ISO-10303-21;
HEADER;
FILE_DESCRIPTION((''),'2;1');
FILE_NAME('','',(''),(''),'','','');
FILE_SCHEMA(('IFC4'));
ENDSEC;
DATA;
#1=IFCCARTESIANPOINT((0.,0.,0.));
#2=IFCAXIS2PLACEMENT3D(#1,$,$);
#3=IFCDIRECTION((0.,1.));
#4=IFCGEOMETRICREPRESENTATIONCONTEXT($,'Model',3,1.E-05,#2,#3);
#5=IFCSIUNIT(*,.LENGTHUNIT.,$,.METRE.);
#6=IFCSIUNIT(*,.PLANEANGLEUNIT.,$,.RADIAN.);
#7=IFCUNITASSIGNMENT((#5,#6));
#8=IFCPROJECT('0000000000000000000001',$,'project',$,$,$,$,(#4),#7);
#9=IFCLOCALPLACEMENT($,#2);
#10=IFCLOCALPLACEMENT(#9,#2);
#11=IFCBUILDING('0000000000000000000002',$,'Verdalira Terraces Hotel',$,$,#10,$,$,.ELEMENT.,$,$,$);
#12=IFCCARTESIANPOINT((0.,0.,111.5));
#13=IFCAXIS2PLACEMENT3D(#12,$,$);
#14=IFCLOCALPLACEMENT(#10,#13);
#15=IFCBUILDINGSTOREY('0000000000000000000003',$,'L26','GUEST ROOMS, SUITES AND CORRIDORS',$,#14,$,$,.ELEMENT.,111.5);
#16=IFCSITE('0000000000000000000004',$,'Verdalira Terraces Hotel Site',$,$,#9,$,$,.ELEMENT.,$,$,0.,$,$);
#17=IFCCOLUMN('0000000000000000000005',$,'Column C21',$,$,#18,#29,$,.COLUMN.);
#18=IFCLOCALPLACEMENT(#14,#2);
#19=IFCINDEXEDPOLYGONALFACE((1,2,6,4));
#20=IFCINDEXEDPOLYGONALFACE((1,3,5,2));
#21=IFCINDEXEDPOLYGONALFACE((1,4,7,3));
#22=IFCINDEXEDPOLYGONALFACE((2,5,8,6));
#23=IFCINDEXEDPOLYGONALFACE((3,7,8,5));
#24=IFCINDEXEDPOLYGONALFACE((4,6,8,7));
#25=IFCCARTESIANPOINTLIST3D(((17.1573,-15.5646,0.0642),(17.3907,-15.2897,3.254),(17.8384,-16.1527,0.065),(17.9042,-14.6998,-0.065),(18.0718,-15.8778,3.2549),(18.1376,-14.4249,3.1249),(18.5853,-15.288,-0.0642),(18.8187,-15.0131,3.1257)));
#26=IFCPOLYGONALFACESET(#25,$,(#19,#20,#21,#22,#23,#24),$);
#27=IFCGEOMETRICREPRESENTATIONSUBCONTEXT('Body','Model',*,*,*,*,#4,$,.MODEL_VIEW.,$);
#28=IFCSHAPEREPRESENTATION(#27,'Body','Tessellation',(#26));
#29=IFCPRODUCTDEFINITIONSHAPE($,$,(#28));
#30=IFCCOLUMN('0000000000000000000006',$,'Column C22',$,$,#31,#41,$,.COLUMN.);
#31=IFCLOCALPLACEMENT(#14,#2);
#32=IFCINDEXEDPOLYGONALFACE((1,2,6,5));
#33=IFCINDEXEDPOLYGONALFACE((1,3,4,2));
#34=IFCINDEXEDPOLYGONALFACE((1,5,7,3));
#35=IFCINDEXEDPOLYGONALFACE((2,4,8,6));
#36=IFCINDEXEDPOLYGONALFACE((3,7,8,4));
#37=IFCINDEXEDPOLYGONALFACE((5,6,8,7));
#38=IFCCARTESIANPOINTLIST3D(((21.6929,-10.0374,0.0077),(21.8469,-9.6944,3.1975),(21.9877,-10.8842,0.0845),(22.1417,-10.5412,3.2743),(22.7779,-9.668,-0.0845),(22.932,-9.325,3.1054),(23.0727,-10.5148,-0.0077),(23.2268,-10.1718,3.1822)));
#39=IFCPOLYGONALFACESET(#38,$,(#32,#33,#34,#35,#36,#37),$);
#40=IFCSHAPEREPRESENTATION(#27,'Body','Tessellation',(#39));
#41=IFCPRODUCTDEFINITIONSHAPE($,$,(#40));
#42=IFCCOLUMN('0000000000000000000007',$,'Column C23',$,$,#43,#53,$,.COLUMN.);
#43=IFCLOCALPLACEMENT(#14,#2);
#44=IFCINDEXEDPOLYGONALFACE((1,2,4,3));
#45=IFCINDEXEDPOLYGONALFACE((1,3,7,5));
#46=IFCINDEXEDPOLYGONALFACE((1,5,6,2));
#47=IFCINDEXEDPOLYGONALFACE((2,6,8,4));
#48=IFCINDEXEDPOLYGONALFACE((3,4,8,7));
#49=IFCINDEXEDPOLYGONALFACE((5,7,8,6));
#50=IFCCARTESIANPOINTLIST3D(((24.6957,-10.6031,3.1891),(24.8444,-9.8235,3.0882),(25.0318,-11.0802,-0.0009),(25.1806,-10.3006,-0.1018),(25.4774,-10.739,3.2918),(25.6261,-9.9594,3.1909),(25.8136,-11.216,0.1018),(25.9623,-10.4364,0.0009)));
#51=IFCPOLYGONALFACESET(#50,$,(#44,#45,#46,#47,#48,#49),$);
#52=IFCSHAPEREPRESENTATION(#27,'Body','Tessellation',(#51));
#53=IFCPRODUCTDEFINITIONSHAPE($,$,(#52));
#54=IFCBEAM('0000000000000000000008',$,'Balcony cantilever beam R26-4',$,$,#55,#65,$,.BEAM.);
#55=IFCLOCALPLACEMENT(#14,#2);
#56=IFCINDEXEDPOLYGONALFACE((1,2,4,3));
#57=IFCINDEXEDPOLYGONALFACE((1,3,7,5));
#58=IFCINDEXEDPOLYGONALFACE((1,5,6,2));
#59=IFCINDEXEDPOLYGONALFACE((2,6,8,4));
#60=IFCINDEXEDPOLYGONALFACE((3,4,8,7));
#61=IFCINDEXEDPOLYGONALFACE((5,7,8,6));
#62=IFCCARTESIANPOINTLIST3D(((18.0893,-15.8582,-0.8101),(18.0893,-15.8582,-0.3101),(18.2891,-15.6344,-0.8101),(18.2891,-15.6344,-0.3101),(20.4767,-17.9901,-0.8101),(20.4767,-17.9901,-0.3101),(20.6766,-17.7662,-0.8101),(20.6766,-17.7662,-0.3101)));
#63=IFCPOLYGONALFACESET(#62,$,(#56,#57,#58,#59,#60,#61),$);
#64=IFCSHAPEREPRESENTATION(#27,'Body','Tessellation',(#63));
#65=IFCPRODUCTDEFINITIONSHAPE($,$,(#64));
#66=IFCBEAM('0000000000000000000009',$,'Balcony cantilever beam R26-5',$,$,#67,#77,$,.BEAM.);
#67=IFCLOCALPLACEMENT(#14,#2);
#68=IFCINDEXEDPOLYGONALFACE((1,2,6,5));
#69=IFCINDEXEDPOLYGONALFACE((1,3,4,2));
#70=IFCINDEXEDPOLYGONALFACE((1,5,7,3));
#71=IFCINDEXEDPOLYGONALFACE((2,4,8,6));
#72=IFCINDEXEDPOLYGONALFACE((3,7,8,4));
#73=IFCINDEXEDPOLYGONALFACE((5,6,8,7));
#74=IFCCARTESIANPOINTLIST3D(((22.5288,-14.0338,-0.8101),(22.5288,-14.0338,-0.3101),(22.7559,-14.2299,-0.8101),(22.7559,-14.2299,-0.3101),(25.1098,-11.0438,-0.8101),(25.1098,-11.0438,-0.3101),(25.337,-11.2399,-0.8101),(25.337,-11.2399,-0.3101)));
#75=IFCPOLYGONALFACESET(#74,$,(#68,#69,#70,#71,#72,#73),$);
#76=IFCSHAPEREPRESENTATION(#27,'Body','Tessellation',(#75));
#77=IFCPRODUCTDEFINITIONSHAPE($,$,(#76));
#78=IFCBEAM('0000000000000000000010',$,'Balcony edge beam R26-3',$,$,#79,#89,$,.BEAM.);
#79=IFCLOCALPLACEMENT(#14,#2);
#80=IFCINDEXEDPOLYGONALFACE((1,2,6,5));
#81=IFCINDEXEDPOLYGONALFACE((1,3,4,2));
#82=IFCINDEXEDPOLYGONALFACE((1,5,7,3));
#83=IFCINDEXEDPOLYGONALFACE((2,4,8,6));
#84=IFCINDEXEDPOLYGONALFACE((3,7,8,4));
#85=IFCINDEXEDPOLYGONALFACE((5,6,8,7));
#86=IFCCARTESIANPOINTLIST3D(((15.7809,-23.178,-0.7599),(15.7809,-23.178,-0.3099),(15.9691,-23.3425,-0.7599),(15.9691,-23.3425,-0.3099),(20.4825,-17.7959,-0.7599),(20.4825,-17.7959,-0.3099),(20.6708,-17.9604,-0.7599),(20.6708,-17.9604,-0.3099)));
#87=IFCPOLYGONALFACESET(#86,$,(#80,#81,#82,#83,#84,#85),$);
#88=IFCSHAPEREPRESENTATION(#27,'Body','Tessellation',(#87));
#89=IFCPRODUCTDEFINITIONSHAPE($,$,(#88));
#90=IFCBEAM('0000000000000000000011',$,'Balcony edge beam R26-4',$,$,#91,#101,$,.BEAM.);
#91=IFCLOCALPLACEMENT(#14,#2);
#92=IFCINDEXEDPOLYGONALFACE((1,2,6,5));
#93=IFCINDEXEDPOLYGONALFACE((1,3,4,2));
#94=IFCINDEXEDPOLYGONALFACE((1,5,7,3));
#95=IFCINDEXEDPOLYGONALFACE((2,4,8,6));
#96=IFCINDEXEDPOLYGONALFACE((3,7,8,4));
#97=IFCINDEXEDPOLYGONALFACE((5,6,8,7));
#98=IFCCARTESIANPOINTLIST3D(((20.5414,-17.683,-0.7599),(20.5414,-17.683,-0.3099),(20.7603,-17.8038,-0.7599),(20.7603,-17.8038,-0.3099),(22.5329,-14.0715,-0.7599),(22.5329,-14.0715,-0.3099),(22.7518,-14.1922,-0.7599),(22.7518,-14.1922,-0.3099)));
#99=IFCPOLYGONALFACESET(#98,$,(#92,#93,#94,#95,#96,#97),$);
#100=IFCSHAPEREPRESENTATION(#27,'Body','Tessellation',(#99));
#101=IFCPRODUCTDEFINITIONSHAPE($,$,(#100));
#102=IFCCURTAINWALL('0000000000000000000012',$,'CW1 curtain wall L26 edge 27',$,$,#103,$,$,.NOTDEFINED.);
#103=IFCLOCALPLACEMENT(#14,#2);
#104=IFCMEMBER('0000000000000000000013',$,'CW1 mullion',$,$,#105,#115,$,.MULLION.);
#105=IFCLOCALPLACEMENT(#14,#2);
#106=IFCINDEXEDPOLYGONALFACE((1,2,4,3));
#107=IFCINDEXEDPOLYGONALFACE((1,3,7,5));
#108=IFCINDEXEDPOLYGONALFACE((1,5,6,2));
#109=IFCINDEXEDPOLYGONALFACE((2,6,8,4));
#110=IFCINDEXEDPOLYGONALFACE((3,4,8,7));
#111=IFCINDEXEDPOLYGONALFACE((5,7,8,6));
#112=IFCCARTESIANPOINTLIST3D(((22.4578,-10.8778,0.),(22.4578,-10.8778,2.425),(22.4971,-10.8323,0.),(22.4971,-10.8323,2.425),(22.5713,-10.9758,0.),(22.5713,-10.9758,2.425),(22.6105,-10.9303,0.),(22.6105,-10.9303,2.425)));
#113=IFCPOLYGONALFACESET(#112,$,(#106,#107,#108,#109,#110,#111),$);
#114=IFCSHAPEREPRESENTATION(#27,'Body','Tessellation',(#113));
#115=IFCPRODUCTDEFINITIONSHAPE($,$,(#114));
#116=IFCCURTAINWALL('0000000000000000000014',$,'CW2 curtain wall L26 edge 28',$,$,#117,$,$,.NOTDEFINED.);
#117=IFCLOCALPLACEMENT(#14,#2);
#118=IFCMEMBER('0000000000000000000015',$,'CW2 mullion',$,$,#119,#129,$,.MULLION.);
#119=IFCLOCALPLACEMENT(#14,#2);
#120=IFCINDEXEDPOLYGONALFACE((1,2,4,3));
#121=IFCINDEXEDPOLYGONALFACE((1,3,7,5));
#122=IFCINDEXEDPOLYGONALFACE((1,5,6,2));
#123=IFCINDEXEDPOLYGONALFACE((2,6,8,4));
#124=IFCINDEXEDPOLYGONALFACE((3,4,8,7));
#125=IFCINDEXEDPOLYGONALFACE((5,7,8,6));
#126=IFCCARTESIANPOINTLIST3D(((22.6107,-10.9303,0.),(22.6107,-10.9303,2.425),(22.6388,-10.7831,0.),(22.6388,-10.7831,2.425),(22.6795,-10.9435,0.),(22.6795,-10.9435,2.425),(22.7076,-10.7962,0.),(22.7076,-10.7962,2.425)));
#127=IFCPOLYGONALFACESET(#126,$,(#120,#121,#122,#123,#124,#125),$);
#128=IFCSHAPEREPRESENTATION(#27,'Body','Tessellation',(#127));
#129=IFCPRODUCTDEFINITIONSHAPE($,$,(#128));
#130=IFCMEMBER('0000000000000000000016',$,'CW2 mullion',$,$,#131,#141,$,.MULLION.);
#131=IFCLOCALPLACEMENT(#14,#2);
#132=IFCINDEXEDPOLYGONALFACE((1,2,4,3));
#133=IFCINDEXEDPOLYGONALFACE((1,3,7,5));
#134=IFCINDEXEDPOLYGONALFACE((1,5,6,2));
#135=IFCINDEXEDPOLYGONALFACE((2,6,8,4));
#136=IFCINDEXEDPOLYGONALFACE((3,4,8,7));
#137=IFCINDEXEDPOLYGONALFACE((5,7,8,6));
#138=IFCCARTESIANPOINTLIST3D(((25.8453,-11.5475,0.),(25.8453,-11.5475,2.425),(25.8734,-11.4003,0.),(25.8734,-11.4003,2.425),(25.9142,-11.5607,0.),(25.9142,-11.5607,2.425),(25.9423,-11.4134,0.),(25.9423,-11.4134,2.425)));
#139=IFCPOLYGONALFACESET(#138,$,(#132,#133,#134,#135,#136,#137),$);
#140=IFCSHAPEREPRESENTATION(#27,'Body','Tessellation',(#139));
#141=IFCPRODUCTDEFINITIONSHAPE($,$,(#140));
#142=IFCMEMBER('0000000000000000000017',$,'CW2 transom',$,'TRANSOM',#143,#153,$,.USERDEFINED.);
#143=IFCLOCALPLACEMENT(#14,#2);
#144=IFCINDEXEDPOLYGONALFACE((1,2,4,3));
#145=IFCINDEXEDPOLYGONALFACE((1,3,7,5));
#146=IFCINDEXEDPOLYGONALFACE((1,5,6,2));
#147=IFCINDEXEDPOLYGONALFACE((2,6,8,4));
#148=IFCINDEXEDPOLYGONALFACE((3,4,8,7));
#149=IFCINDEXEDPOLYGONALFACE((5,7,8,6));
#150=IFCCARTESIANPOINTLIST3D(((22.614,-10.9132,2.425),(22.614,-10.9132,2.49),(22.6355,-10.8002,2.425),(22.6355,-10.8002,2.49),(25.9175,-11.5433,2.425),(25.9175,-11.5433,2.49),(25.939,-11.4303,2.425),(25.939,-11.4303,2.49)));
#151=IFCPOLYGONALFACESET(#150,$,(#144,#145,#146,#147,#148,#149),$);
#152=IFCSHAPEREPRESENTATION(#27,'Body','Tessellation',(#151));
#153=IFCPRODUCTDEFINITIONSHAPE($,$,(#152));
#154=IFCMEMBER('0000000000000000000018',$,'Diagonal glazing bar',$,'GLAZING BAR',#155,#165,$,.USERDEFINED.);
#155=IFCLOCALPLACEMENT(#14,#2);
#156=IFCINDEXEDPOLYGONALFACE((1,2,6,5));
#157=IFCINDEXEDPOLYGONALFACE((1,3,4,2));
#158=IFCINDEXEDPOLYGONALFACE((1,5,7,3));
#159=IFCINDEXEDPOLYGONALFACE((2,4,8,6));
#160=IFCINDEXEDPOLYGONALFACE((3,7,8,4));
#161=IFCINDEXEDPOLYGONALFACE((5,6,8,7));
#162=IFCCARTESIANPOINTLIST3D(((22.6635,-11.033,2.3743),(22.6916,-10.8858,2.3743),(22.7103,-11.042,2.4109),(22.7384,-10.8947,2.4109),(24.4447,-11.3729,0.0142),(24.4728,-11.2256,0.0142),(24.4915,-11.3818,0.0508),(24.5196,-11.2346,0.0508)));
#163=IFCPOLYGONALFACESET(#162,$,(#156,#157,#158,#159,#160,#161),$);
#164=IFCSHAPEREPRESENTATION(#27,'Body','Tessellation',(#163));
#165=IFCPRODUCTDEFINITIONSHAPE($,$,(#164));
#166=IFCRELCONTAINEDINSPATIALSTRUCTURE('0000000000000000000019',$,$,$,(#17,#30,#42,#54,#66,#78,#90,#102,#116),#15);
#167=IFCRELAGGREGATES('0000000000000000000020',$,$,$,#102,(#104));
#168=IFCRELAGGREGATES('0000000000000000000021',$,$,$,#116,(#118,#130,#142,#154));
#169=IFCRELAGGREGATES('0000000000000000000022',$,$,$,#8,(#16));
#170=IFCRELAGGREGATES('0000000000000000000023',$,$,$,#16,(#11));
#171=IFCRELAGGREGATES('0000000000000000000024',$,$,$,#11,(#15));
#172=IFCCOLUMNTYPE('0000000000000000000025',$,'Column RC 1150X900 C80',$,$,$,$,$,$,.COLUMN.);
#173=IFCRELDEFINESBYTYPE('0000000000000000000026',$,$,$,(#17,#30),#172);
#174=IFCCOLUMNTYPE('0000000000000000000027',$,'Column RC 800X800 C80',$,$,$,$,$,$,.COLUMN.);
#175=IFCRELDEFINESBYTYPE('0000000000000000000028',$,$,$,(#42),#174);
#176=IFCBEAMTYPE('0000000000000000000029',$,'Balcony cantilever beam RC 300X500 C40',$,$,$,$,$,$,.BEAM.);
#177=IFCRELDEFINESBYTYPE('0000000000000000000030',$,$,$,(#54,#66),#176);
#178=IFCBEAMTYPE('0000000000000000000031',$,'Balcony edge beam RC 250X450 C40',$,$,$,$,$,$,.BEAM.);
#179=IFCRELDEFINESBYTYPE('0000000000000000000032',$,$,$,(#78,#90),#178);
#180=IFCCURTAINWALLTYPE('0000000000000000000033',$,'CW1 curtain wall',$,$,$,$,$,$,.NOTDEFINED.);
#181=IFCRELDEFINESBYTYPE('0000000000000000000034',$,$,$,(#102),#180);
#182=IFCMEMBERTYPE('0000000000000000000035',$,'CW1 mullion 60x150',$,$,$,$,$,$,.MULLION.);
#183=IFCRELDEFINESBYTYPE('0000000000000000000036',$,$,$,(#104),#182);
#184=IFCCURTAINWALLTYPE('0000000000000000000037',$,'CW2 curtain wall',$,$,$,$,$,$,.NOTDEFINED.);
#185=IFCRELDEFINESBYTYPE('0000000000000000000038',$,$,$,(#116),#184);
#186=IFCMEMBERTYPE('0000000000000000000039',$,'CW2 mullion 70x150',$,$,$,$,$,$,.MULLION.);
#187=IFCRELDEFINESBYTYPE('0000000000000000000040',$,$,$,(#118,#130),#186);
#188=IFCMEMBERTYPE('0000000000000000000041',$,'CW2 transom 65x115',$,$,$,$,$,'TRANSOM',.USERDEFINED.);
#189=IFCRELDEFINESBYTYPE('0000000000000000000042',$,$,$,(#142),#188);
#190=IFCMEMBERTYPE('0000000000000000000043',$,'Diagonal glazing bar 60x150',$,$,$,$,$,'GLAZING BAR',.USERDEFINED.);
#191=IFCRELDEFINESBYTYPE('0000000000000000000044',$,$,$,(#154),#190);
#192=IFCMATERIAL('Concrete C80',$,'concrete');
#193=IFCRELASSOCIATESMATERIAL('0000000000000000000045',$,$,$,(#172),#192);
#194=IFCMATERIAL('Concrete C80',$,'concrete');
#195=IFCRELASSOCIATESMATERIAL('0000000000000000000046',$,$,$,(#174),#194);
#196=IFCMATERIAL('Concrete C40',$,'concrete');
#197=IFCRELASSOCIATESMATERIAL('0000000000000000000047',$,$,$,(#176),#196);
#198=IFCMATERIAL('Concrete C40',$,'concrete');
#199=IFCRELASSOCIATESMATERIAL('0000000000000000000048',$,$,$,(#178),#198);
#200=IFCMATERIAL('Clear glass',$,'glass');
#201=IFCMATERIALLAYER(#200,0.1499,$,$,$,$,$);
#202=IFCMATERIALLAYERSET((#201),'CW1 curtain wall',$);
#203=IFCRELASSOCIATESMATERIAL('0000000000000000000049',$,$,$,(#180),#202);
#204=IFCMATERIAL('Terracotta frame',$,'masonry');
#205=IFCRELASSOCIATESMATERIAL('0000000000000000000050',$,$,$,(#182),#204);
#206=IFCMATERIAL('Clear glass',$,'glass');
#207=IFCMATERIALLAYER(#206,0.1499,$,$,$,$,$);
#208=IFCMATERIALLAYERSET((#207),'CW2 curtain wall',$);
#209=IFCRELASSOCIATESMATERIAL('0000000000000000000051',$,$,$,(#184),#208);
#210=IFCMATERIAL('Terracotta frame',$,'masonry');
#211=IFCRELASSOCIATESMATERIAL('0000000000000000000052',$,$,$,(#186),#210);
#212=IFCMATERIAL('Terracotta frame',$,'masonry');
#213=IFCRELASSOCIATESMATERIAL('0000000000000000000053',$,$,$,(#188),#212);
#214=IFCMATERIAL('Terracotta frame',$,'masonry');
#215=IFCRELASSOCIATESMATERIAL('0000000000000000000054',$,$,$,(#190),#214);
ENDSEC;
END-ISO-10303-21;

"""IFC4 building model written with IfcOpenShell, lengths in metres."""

from ifc_helpers import new_model, si_unit, direction, frame, origin, origin_2d, place, context, subcontext, project, spatial, rectangle, extrude, material, layer, layer_set, material_profile, profile_set, type_object, element, aggregate, save


model = new_model("IFC4")

# Units and contexts
model_context = context("Model", 3, precision=1e-05, world=origin(), true_north=direction((0.0, 1.0)))
body_context = subcontext(model_context, "Body", "Model", "MODEL_VIEW")
ifc_project = project(units=[si_unit("LENGTHUNIT", "METRE"), si_unit("PLANEANGLEUNIT", "RADIAN")], contexts=[model_context])

# Site, building, storey
site_placement = place(None, origin())
site = spatial("IfcSite", under=ifc_project, at=site_placement, Name="Verdalira Terraces Hotel Site", CompositionType="ELEMENT", RefElevation=0.0)
building_placement = place(site_placement, origin())
building = spatial("IfcBuilding", under=site, at=building_placement, Name="Verdalira Terraces Hotel", CompositionType="ELEMENT")
storey_placement = place(building_placement, frame((0.0, 0.0, 111.5)))
storey = spatial("IfcBuildingStorey", under=building, at=storey_placement, Name="L26", Description="GUEST ROOMS, SUITES AND CORRIDORS", CompositionType="ELEMENT", Elevation=111.5)

# Columns
ifc_material_1 = material(Name="Concrete C80", Category="concrete")
ifc_material_profile_1 = material_profile(ifc_material_1, rectangle(XDim=1.1499, YDim=0.8999, at=origin_2d()), Name="RC 1150X900")
ifc_profile_set_1 = profile_set([ifc_material_profile_1], Name="Concrete C80")
column_type_1 = type_object("IfcColumnType", Name="Column RC 1150X900 C80", PredefinedType="COLUMN", material=ifc_profile_set_1)
column_1_placement = place(storey_placement, frame((17.8713, -15.4263, 0.0), z_axis=(0.072704, 0.085632, 0.993671), x_axis=(0.649524, 0.751998, -0.112329)))
element("IfcColumn", 1, at=column_1_placement, inside=storey, type_object=column_type_1, Name="Column C21", PredefinedType="COLUMN", context=body_context, shape_type="SweptSolid", body=[
    extrude(rectangle(XDim=1.1499, YDim=0.8999, at=origin_2d()), origin(), (0.0, 0.0, 1.0), 3.2102),
])
column_2_placement = place(storey_placement, frame((22.3828, -10.2761, 0.0), z_axis=(0.047961, 0.106792, 0.993124), x_axis=(-0.943605, -0.321235, 0.080113)))
element("IfcColumn", 2, at=column_2_placement, inside=storey, type_object=column_type_1, Name="Column C22", PredefinedType="COLUMN", context=body_context, shape_type="SweptSolid", body=[
    extrude(rectangle(XDim=1.1499, YDim=0.8999, at=origin_2d()), origin(), (0.0, 0.0, 1.0), 3.2119),
])
ifc_material_2 = material(Name="Concrete C80", Category="concrete")
ifc_material_profile_2 = material_profile(ifc_material_2, rectangle(XDim=0.8, YDim=0.8, at=origin_2d()), Name="RC 800X800")
ifc_profile_set_2 = profile_set([ifc_material_profile_2], Name="Concrete C80")
column_type_2 = type_object("IfcColumnType", Name="Column RC 800X800 C80", PredefinedType="COLUMN", material=ifc_profile_set_2)
column_3_placement = place(storey_placement, frame((25.4971, -10.7583, 0.0), z_axis=(-0.103667, 0.147107, 0.983673), x_axis=(0.977082, -0.1698, 0.128366)))
element("IfcColumn", 3, at=column_3_placement, inside=storey, type_object=column_type_2, Name="Column C23", PredefinedType="COLUMN", context=body_context, shape_type="SweptSolid", body=[
    extrude(rectangle(XDim=0.8, YDim=0.8, at=origin_2d()), origin(), (0.0, 0.0, 1.0), 3.2429),
])

# Beams
ifc_material_3 = material(Name="Concrete C40", Category="concrete")
ifc_material_profile_3 = material_profile(ifc_material_3, rectangle(XDim=0.3, YDim=0.5, at=origin_2d()), Name="RC 300X500")
ifc_profile_set_3 = profile_set([ifc_material_profile_3], Name="Concrete C40")
beam_type_1 = type_object("IfcBeamType", Name="Balcony cantilever beam RC 300X500 C40", PredefinedType="BEAM", material=ifc_profile_set_3)
beam_1_placement = place(storey_placement, frame((18.1892, -15.7463, -0.5601), z_axis=(0.745909, -0.666048, 0.0), x_axis=(0.666048, 0.745909, 0.0)))
element("IfcBeam", 4, at=beam_1_placement, inside=storey, type_object=beam_type_1, Name="Balcony cantilever beam R26-4", PredefinedType="BEAM", context=body_context, shape_type="SweptSolid", body=[
    extrude(rectangle(XDim=0.3, YDim=0.5, at=origin_2d()), origin(), (0.0, 0.0, 1.0), 3.2007),
])
beam_2_placement = place(storey_placement, frame((25.2234, -11.1418, -0.5601), z_axis=(-0.653444, -0.756974, 0.0), x_axis=(0.756974, -0.653444, 0.0)))
element("IfcBeam", 5, at=beam_2_placement, inside=storey, type_object=beam_type_1, Name="Balcony cantilever beam R26-5", PredefinedType="BEAM", context=body_context, shape_type="SweptSolid", body=[
    extrude(rectangle(XDim=0.3, YDim=0.5, at=origin_2d()), origin(), (0.0, 0.0, 1.0), 3.95),
])
ifc_material_4 = material(Name="Concrete C40", Category="concrete")
ifc_material_profile_4 = material_profile(ifc_material_4, rectangle(XDim=0.25, YDim=0.45, at=origin_2d()), Name="RC 250X450")
ifc_profile_set_4 = profile_set([ifc_material_profile_4], Name="Concrete C40")
beam_type_2 = type_object("IfcBeamType", Name="Balcony edge beam RC 250X450 C40", PredefinedType="BEAM", material=ifc_profile_set_4)
beam_3_placement = place(storey_placement, frame((15.875, -23.2603, -0.5349), z_axis=(0.657897, 0.753108, 0.0), x_axis=(-0.753108, 0.657897, 0.0)))
element("IfcBeam", 6, at=beam_3_placement, inside=storey, type_object=beam_type_2, Name="Balcony edge beam R26-3", PredefinedType="BEAM", context=body_context, shape_type="SweptSolid", body=[
    extrude(rectangle(XDim=0.25, YDim=0.45, at=origin_2d()), origin(), (0.0, 0.0, 1.0), 7.1465),
])
beam_4_placement = place(storey_placement, frame((20.6509, -17.7434, -0.5349), z_axis=(0.482866, 0.875694, 0.0), x_axis=(-0.875694, 0.482866, 0.0)))
element("IfcBeam", 7, at=beam_4_placement, inside=storey, type_object=beam_type_2, Name="Balcony edge beam R26-4", PredefinedType="BEAM", context=body_context, shape_type="SweptSolid", body=[
    extrude(rectangle(XDim=0.25, YDim=0.45, at=origin_2d()), origin(), (0.0, 0.0, 1.0), 4.1243),
])

# Curtain wall, member
ifc_material_5 = material(Name="Clear glass", Category="glass")
ifc_layer_1 = layer(ifc_material_5, 0.1499)
ifc_layer_set_1 = layer_set([ifc_layer_1], Name="CW1 curtain wall")
curtain_wall_type_1 = type_object("IfcCurtainWallType", Name="CW1 curtain wall", PredefinedType="NOTDEFINED", material=ifc_layer_set_1)
curtain_wall_1_placement = place(storey_placement, origin())
curtain_wall_1 = element("IfcCurtainWall", 8, at=curtain_wall_1_placement, inside=storey, type_object=curtain_wall_type_1, Name="CW1 curtain wall L26 edge 27", PredefinedType="NOTDEFINED")
ifc_material_6 = material(Name="Terracotta frame", Category="masonry")
ifc_material_profile_5 = material_profile(ifc_material_6, rectangle(XDim=0.0601, YDim=0.1499, at=origin_2d()), Name="MU 60x150")
ifc_profile_set_5 = profile_set([ifc_material_profile_5], Name="Terracotta frame")
member_type_1 = type_object("IfcMemberType", Name="CW1 mullion 60x150", PredefinedType="MULLION", material=ifc_profile_set_5)
member_1_placement = place(storey_placement, frame((22.5342, -10.9041, 0.0), z_axis=(0.0, 0.0, 1.0), x_axis=(0.653421, 0.756995, 0.0)))
member_1 = element("IfcMember", 9, at=member_1_placement, type_object=member_type_1, Name="CW1 mullion", PredefinedType="MULLION", context=body_context, shape_type="SweptSolid", body=[
    extrude(rectangle(XDim=0.0601, YDim=0.1499, at=origin_2d()), origin(), (0.0, 0.0, 1.0), 2.425),
])

# Curtain wall, members
ifc_material_7 = material(Name="Clear glass", Category="glass")
ifc_layer_2 = layer(ifc_material_7, 0.1499)
ifc_layer_set_2 = layer_set([ifc_layer_2], Name="CW2 curtain wall")
curtain_wall_type_2 = type_object("IfcCurtainWallType", Name="CW2 curtain wall", PredefinedType="NOTDEFINED", material=ifc_layer_set_2)
curtain_wall_2_placement = place(storey_placement, origin())
curtain_wall_2 = element("IfcCurtainWall", 10, at=curtain_wall_2_placement, inside=storey, type_object=curtain_wall_type_2, Name="CW2 curtain wall L26 edge 28", PredefinedType="NOTDEFINED")
ifc_material_8 = material(Name="Terracotta frame", Category="masonry")
ifc_material_profile_6 = material_profile(ifc_material_8, rectangle(XDim=0.0701, YDim=0.1499, at=origin_2d()), Name="MU 70x150")
ifc_profile_set_6 = profile_set([ifc_material_profile_6], Name="Terracotta frame")
member_type_2 = type_object("IfcMemberType", Name="CW2 mullion 70x150", PredefinedType="MULLION", material=ifc_profile_set_6)
member_2_placement = place(storey_placement, frame((22.6592, -10.8633, 0.0), z_axis=(0.0, 0.0, 1.0), x_axis=(0.982287, -0.187381, 0.0)))
member_2 = element("IfcMember", 11, at=member_2_placement, type_object=member_type_2, Name="CW2 mullion", PredefinedType="MULLION", context=body_context, shape_type="SweptSolid", body=[
    extrude(rectangle(XDim=0.0701, YDim=0.1499, at=origin_2d()), origin(), (0.0, 0.0, 1.0), 2.425),
])
member_3_placement = place(storey_placement, frame((25.8938, -11.4805, 0.0), z_axis=(0.0, 0.0, 1.0), x_axis=(0.982287, -0.187381, 0.0)))
member_3 = element("IfcMember", 12, at=member_3_placement, type_object=member_type_2, Name="CW2 mullion", PredefinedType="MULLION", context=body_context, shape_type="SweptSolid", body=[
    extrude(rectangle(XDim=0.0701, YDim=0.1499, at=origin_2d()), origin(), (0.0, 0.0, 1.0), 2.425),
])
ifc_material_9 = material(Name="Terracotta frame", Category="masonry")
ifc_material_profile_7 = material_profile(ifc_material_9, rectangle(XDim=0.115, YDim=0.0649, at=origin_2d()), Name="TR 65x115")
ifc_profile_set_7 = profile_set([ifc_material_profile_7], Name="Terracotta frame")
member_type_3 = type_object("IfcMemberType", Name="CW2 transom 65x115", ElementType="TRANSOM", PredefinedType="USERDEFINED", material=ifc_profile_set_7)
member_4_placement = place(storey_placement, frame((22.6248, -10.8567, 2.4575), z_axis=(0.98229, -0.187369, 0.0), x_axis=(0.187369, 0.98229, 0.0)))
member_4 = element("IfcMember", 13, at=member_4_placement, type_object=member_type_3, Name="CW2 transom", ObjectType="TRANSOM", PredefinedType="USERDEFINED", context=body_context, shape_type="SweptSolid", body=[
    extrude(rectangle(XDim=0.115, YDim=0.0649, at=origin_2d()), origin(), (0.0, 0.0, 1.0), 3.363),
])
ifc_material_10 = material(Name="Terracotta frame", Category="masonry")
ifc_material_profile_8 = material_profile(ifc_material_10, rectangle(XDim=0.1499, YDim=0.0601, at=origin_2d()), Name="GB 60x150")
ifc_profile_set_8 = profile_set([ifc_material_profile_8], Name="Terracotta frame")
member_type_4 = type_object("IfcMemberType", Name="Diagonal glazing bar 60x150", ElementType="GLAZING BAR", PredefinedType="USERDEFINED", material=ifc_profile_set_8)
member_5_placement = place(storey_placement, frame((22.7009, -10.9639, 2.3926), z_axis=(0.598475, -0.114183, -0.792963), x_axis=(0.187409, 0.982282, 0.0)))
member_5 = element("IfcMember", 14, at=member_5_placement, type_object=member_type_4, Name="Diagonal glazing bar", ObjectType="GLAZING BAR", PredefinedType="USERDEFINED", context=body_context, shape_type="SweptSolid", body=[
    extrude(rectangle(XDim=0.1499, YDim=0.0601, at=origin_2d()), origin(), (0.0, 0.0, 1.0), 2.9763),
])

aggregate(curtain_wall_1, [member_1])
aggregate(curtain_wall_2, [member_2, member_3, member_4, member_5])

save(model, "model.ifc")
